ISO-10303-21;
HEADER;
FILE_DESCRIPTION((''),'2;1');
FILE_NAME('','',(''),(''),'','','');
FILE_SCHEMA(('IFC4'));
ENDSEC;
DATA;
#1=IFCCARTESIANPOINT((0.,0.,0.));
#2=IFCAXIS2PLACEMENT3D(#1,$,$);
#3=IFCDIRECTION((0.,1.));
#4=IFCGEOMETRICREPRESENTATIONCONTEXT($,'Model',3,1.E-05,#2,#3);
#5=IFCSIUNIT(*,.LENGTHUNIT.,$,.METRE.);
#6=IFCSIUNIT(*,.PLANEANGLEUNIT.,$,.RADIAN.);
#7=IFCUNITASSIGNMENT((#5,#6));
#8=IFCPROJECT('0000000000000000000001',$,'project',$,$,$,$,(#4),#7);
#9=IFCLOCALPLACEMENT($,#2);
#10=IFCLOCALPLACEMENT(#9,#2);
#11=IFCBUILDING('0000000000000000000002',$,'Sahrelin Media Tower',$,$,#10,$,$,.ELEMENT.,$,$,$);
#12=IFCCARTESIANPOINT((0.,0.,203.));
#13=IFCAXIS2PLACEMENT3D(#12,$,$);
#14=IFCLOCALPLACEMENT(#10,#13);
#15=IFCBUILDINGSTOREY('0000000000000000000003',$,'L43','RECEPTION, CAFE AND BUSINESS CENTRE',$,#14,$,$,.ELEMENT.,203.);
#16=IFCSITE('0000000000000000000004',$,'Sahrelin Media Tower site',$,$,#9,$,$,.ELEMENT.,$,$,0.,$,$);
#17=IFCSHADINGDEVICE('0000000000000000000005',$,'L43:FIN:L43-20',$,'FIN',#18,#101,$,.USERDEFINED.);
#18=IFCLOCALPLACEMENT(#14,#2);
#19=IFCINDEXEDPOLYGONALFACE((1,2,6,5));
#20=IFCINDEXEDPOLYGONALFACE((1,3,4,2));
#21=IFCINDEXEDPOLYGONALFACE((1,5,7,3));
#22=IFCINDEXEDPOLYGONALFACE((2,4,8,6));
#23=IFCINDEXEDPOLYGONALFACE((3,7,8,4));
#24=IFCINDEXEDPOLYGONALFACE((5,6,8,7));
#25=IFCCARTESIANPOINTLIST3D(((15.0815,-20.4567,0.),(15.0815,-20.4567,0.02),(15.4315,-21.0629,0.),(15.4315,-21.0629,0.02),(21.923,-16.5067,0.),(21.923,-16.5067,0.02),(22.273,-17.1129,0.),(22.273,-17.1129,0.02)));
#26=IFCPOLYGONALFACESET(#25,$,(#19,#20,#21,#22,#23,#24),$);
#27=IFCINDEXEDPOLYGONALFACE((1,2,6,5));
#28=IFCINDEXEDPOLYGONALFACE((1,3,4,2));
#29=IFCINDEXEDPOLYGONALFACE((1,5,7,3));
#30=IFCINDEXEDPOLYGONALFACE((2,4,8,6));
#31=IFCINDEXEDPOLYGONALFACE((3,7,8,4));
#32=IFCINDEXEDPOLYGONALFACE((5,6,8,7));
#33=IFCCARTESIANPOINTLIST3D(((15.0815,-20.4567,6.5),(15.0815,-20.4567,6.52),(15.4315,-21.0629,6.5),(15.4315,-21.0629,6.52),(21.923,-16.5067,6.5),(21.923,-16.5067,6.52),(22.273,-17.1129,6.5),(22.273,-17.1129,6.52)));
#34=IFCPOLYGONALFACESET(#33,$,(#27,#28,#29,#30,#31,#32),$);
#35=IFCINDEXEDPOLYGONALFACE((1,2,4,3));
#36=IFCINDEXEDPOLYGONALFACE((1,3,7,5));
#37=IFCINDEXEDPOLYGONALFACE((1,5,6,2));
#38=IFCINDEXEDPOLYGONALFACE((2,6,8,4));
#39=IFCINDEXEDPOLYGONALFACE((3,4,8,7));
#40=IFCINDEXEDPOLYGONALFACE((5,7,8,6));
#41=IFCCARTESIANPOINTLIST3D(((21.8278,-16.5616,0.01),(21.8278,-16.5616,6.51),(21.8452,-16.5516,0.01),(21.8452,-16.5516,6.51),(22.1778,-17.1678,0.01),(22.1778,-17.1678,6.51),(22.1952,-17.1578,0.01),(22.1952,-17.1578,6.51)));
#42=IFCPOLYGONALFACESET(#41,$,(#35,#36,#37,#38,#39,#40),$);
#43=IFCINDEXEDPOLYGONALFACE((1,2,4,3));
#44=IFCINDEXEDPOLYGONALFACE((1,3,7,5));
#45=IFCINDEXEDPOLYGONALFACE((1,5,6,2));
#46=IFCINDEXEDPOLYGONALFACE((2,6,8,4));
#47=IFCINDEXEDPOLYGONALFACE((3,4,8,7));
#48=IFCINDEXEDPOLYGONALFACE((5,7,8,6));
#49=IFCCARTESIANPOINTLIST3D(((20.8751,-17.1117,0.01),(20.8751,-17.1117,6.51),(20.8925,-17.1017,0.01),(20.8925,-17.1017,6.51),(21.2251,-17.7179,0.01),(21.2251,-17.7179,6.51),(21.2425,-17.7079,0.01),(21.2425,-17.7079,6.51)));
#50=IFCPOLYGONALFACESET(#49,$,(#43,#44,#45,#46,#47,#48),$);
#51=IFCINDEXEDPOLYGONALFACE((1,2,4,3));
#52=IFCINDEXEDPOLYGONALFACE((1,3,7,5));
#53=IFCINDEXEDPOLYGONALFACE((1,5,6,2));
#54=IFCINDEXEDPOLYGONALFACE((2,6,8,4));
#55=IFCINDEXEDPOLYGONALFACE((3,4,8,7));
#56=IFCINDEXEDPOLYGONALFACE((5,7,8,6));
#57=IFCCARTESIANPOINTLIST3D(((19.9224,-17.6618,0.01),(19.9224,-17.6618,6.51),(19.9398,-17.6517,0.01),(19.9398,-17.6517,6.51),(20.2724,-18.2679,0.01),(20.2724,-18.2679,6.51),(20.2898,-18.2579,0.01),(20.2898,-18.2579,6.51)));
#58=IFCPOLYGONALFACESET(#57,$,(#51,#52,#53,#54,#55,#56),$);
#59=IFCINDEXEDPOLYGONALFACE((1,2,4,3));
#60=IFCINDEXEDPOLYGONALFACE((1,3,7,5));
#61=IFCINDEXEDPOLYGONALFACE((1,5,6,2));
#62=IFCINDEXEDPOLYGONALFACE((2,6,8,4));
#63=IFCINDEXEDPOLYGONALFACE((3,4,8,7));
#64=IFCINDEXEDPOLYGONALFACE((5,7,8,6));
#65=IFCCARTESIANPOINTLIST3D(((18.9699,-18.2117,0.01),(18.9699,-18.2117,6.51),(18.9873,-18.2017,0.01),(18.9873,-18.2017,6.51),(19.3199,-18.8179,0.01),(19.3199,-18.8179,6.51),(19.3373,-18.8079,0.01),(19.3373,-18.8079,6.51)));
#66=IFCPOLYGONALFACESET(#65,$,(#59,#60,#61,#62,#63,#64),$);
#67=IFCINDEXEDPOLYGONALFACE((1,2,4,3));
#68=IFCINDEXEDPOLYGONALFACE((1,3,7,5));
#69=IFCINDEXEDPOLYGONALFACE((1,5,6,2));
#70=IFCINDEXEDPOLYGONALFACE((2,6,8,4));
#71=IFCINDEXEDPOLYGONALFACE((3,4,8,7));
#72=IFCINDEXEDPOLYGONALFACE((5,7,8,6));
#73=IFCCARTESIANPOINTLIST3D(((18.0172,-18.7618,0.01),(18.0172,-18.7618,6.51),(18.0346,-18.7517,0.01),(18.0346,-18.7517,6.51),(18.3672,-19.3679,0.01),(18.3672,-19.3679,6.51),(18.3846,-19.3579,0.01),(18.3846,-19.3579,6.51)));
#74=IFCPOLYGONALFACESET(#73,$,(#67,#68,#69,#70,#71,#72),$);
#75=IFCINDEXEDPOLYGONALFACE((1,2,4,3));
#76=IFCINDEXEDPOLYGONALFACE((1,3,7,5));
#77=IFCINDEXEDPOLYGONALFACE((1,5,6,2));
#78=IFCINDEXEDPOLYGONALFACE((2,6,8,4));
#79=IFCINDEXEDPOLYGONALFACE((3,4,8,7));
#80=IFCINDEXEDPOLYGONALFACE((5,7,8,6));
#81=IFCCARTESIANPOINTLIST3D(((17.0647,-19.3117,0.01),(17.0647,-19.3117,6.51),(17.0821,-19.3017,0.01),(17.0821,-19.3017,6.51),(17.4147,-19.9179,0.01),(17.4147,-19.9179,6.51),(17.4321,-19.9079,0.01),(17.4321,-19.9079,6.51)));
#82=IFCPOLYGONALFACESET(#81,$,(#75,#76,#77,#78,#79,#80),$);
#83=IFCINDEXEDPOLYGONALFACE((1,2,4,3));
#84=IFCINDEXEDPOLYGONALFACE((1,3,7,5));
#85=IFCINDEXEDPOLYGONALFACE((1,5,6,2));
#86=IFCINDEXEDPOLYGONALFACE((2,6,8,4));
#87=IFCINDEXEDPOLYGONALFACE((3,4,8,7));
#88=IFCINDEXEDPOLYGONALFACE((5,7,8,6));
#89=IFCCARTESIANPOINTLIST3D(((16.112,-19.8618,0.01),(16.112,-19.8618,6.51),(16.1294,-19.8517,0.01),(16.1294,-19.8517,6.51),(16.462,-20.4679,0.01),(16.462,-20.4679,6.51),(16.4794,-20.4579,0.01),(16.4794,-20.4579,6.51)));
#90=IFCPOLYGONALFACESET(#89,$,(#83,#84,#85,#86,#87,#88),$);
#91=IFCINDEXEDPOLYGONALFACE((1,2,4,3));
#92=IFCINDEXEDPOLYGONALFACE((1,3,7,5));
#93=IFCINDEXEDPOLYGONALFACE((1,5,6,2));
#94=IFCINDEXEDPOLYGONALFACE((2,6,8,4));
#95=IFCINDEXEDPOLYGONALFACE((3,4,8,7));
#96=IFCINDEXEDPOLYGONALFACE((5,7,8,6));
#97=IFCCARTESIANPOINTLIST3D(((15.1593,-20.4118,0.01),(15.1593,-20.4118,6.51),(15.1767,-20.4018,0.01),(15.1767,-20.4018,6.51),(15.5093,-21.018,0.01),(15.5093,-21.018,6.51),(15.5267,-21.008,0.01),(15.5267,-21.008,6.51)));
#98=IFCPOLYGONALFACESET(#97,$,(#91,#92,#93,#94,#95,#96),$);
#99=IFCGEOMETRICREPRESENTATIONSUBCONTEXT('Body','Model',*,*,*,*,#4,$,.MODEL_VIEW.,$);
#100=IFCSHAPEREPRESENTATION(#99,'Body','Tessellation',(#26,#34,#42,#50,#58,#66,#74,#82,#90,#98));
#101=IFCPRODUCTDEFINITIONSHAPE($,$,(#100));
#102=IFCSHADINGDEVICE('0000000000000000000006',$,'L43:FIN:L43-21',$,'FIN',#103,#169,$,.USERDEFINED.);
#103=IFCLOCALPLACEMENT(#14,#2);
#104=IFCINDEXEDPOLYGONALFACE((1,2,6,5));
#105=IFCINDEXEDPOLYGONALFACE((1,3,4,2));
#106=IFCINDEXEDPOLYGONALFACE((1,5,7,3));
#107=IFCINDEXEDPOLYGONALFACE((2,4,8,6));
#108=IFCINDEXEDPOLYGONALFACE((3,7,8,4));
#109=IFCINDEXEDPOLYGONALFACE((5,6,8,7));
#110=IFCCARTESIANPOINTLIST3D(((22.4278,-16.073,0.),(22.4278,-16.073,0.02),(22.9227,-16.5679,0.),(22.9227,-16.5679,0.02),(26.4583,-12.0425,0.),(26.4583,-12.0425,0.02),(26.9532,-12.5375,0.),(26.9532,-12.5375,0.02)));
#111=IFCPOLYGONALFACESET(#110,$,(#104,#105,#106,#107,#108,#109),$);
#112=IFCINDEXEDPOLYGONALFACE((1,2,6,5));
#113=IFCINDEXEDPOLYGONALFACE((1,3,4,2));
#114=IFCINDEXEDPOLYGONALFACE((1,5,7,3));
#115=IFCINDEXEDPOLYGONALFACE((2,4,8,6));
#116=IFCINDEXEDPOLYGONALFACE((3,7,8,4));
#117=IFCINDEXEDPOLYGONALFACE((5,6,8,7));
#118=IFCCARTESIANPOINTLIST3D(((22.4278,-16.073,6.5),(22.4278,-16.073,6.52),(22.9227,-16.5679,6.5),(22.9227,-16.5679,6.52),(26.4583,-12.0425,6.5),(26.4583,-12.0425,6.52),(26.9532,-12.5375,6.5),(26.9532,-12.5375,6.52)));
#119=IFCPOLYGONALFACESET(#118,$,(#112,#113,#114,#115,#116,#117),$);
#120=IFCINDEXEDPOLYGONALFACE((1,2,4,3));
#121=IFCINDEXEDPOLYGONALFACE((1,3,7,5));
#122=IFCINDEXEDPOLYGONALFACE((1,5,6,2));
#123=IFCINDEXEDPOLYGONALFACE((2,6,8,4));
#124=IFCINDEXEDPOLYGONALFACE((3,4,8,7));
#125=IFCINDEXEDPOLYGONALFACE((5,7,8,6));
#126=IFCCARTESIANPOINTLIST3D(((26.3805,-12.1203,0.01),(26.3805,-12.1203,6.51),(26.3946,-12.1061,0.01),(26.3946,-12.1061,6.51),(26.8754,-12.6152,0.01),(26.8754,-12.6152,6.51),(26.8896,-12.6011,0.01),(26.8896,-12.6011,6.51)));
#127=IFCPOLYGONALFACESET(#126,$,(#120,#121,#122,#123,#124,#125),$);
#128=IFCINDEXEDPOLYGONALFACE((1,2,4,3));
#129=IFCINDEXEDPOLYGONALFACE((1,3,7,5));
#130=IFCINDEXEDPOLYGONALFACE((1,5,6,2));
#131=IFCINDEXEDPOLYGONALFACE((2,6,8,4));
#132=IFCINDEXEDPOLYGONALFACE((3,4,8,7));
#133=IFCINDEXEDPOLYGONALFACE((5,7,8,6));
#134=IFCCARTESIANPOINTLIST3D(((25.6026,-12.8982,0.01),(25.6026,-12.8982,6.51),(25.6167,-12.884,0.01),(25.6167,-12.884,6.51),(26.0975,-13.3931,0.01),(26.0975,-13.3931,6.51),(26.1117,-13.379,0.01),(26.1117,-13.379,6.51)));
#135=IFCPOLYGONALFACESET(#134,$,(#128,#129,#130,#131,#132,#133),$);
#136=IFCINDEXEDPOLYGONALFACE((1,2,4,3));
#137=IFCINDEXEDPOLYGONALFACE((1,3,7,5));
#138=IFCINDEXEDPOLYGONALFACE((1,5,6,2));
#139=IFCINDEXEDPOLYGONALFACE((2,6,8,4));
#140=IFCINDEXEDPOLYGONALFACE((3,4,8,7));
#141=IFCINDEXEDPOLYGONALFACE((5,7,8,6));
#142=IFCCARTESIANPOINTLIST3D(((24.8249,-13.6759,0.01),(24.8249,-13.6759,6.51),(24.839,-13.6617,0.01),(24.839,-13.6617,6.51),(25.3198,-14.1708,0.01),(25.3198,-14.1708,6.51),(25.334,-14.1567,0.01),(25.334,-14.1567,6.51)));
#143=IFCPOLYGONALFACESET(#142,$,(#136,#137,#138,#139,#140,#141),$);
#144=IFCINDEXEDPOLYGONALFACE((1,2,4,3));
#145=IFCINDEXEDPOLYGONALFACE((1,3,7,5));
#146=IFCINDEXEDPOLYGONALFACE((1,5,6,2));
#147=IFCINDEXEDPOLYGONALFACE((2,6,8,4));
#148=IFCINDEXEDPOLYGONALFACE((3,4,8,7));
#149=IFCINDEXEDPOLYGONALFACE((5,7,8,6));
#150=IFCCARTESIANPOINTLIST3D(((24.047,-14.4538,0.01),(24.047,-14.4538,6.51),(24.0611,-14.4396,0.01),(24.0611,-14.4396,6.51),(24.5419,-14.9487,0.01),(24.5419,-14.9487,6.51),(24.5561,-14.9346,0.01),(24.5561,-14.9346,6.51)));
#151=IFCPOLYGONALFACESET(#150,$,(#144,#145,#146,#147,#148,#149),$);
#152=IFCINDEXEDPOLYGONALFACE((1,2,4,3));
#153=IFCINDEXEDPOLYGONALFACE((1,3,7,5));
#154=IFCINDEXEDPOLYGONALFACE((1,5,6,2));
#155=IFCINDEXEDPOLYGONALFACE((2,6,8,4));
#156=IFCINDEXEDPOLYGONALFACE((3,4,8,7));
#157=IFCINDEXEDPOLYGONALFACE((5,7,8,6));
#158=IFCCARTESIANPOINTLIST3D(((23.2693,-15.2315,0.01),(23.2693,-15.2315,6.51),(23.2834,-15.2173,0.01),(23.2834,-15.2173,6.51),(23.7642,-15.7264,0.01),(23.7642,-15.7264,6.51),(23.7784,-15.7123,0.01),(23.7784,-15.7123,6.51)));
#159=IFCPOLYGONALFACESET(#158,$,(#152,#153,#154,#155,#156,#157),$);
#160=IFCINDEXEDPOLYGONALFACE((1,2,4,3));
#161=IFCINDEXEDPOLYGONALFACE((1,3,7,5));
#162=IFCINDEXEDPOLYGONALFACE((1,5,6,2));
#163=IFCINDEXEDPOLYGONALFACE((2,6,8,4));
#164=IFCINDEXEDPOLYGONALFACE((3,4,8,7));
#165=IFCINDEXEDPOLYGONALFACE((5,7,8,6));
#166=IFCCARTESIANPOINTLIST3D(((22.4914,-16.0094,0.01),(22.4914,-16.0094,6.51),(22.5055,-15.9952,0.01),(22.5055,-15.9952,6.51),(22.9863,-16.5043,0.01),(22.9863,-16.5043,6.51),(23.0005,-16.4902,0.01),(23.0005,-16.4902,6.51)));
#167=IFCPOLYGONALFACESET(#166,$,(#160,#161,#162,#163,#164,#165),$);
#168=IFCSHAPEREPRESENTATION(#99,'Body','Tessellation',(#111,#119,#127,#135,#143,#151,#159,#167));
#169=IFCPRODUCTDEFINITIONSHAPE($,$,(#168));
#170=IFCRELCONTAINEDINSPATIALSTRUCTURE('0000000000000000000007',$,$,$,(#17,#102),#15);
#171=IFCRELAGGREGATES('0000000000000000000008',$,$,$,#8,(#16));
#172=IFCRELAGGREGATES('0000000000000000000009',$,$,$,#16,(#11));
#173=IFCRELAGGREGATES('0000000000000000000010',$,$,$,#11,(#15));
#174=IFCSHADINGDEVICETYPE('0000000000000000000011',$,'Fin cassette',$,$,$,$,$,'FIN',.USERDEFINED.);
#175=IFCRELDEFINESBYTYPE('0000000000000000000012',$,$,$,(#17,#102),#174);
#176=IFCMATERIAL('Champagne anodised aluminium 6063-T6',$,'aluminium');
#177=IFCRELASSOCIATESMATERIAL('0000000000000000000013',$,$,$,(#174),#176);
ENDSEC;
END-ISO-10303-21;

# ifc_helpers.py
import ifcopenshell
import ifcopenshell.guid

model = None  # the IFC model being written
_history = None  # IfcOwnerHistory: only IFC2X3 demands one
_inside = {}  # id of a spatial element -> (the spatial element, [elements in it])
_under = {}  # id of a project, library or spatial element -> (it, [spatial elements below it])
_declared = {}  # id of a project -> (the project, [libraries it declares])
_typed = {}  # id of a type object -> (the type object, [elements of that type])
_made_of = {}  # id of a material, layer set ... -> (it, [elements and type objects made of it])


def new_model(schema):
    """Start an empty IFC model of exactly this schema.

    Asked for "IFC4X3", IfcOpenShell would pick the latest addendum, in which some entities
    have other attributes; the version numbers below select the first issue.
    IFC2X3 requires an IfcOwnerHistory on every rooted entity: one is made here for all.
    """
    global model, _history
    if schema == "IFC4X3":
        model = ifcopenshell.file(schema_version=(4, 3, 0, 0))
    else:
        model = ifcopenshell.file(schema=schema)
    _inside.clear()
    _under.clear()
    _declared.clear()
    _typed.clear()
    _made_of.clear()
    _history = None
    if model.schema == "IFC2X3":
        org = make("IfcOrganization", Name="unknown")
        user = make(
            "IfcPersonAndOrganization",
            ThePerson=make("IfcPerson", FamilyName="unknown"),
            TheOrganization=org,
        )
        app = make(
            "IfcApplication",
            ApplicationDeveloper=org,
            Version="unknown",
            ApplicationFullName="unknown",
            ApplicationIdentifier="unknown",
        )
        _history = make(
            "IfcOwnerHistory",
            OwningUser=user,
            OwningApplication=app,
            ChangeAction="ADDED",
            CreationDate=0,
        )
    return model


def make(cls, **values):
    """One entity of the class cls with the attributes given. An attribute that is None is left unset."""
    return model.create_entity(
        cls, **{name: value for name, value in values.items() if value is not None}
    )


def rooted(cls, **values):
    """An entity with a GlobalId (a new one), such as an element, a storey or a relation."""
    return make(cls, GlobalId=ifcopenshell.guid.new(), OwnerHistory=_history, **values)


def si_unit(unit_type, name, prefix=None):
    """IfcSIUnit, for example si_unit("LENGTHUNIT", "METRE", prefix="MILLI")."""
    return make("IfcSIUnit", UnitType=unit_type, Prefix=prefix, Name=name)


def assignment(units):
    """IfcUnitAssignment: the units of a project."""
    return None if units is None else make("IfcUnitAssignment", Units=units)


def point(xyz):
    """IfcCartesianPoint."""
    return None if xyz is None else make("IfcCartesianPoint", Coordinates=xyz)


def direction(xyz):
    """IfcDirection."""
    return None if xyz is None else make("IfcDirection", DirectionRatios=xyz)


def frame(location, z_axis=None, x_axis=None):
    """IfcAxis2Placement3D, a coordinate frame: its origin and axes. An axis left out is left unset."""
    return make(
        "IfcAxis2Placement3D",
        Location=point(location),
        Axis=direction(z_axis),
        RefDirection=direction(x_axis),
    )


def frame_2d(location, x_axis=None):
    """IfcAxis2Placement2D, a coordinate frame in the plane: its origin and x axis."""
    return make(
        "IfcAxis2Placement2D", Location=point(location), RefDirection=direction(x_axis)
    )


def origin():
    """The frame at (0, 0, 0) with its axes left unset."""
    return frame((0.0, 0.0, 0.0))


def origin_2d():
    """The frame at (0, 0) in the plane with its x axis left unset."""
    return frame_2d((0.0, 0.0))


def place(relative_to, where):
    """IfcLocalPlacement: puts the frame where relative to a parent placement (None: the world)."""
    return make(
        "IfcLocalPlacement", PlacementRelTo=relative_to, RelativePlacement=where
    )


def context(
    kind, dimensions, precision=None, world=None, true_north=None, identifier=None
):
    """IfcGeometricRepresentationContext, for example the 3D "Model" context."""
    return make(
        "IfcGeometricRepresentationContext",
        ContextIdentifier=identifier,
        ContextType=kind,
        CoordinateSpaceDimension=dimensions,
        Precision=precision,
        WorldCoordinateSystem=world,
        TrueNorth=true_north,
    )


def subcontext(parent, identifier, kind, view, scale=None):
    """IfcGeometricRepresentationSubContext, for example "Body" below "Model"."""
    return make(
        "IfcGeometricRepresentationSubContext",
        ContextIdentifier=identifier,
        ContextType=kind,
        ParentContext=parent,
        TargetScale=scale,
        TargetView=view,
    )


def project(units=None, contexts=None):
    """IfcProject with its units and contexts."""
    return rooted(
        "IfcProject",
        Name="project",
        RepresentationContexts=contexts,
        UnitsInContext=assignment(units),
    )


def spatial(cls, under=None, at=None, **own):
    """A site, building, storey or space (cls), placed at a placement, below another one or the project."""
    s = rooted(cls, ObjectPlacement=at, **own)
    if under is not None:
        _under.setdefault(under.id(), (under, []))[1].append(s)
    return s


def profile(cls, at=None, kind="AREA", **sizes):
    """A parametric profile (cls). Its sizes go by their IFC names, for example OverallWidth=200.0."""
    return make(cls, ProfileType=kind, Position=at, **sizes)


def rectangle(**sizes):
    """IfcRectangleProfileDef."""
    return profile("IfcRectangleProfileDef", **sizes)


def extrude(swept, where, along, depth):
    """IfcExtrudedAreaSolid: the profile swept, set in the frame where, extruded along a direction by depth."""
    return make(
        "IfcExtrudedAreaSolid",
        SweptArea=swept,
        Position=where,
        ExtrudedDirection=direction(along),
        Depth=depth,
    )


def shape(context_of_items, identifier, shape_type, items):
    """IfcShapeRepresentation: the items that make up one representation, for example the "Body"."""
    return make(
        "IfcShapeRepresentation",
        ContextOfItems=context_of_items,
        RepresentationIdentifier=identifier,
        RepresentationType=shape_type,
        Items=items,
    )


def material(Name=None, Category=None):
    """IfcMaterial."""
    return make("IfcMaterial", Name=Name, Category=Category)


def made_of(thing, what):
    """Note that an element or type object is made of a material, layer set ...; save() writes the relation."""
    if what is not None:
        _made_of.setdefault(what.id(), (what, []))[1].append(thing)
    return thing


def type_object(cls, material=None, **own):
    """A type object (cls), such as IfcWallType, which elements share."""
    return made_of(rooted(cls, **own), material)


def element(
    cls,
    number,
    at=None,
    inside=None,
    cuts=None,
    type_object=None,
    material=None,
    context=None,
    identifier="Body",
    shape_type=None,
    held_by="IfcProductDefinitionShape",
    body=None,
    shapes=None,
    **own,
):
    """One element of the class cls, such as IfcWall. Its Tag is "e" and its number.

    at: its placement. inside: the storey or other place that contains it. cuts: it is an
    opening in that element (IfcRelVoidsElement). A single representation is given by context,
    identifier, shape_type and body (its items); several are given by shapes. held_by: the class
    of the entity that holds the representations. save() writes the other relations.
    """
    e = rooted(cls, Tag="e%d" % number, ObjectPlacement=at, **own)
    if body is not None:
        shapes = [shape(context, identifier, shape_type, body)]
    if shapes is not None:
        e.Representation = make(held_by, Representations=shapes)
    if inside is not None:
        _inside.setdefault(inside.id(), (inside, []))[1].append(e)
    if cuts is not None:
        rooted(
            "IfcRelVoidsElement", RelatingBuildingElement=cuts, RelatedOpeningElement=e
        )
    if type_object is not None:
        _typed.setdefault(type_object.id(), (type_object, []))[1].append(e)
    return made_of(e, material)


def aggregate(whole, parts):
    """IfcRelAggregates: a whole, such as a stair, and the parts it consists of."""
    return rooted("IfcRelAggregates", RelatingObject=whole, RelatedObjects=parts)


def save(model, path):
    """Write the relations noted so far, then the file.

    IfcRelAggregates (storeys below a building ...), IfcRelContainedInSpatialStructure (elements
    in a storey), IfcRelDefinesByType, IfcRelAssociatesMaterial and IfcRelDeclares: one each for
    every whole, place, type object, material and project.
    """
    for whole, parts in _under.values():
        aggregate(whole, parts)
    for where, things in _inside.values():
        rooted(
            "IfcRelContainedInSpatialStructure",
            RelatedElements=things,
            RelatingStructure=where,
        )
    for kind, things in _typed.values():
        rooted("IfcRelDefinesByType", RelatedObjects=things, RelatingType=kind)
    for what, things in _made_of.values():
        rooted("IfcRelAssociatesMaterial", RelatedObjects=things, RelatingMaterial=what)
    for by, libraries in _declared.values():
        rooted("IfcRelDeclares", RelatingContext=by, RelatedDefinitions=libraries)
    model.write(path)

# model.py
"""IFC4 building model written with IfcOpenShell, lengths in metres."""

from ifc_helpers import new_model, si_unit, direction, frame, origin, origin_2d, place, context, subcontext, project, spatial, rectangle, extrude, material, type_object, element, save


model = new_model("IFC4")

# Units and contexts
model_context = context("Model", 3, precision=1e-05, world=origin(), true_north=direction((0.0, 1.0)))
body_context = subcontext(model_context, "Body", "Model", "MODEL_VIEW")
ifc_project = project(units=[si_unit("LENGTHUNIT", "METRE"), si_unit("PLANEANGLEUNIT", "RADIAN")], contexts=[model_context])

# Site, building, storey
site_placement = place(None, origin())
site = spatial("IfcSite", under=ifc_project, at=site_placement, Name="Sahrelin Media Tower site", CompositionType="ELEMENT", RefElevation=0.0)
building_placement = place(site_placement, origin())
building = spatial("IfcBuilding", under=site, at=building_placement, Name="Sahrelin Media Tower", CompositionType="ELEMENT")
storey_placement = place(building_placement, frame((0.0, 0.0, 203.0)))
storey = spatial("IfcBuildingStorey", under=building, at=storey_placement, Name="L43", Description="RECEPTION, CAFE AND BUSINESS CENTRE", CompositionType="ELEMENT", Elevation=203.0)

# Shared definitions
ifc_material_1 = material(Name="Champagne anodised aluminium 6063-T6", Category="aluminium")

# Shading devices
shading_device_type_1 = type_object("IfcShadingDeviceType", Name="Fin cassette", ElementType="FIN", PredefinedType="USERDEFINED", material=ifc_material_1)
placement_1 = place(storey_placement, frame((18.4673, -18.4211, 0.0), z_axis=(0.0, 0.0, 1.0), x_axis=(-0.866019, -0.500011, 0.0)))
element("IfcShadingDevice", 1, at=placement_1, inside=storey, type_object=shading_device_type_1, Name="L43:FIN:L43-20", ObjectType="FIN", PredefinedType="USERDEFINED", context=body_context, shape_type="SweptSolid", body=[
    extrude(rectangle(XDim=7.8999, YDim=0.7, at=origin_2d()), frame((0.0, 0.4199, 0.0)), (0.0, 0.0, 1.0), 0.02),
    extrude(rectangle(XDim=7.8999, YDim=0.7, at=origin_2d()), frame((0.0, 0.4199, 6.5)), (0.0, 0.0, 1.0), 0.02),
    extrude(rectangle(XDim=0.02, YDim=0.7, at=origin_2d()), frame((-3.8501, 0.4199, 0.01), z_axis=(0.0, 0.0, 1.0), x_axis=(1.0, 0.0, 0.0)), (0.0, 0.0, 1.0), 6.5),
    extrude(rectangle(XDim=0.02, YDim=0.7, at=origin_2d()), frame((-2.75, 0.4199, 0.01), z_axis=(0.0, 0.0, 1.0), x_axis=(1.0, 0.0, 0.0)), (0.0, 0.0, 1.0), 6.5),
    extrude(rectangle(XDim=0.02, YDim=0.7, at=origin_2d()), frame((-1.6499, 0.4199, 0.01), z_axis=(0.0, 0.0, 1.0), x_axis=(1.0, 0.0, 0.0)), (0.0, 0.0, 1.0), 6.5),
    extrude(rectangle(XDim=0.02, YDim=0.7, at=origin_2d()), frame((-0.55, 0.4199, 0.01), z_axis=(0.0, 0.0, 1.0), x_axis=(1.0, 0.0, 0.0)), (0.0, 0.0, 1.0), 6.5),
    extrude(rectangle(XDim=0.02, YDim=0.7, at=origin_2d()), frame((0.55, 0.4199, 0.01), z_axis=(0.0, 0.0, 1.0), x_axis=(1.0, 0.0, 0.0)), (0.0, 0.0, 1.0), 6.5),
    extrude(rectangle(XDim=0.02, YDim=0.7, at=origin_2d()), frame((1.6499, 0.4199, 0.01), z_axis=(0.0, 0.0, 1.0), x_axis=(1.0, 0.0, 0.0)), (0.0, 0.0, 1.0), 6.5),
    extrude(rectangle(XDim=0.02, YDim=0.7, at=origin_2d()), frame((2.75, 0.4199, 0.01), z_axis=(0.0, 0.0, 1.0), x_axis=(1.0, 0.0, 0.0)), (0.0, 0.0, 1.0), 6.5),
    extrude(rectangle(XDim=0.02, YDim=0.7, at=origin_2d()), frame((3.8501, 0.4199, 0.01), z_axis=(0.0, 0.0, 1.0), x_axis=(1.0, 0.0, 0.0)), (0.0, 0.0, 1.0), 6.5),
])
placement_2 = place(storey_placement, frame((24.3936, -14.0083, 0.0), z_axis=(0.0, 0.0, 1.0), x_axis=(-0.707107, -0.707107, 0.0)))
element("IfcShadingDevice", 2, at=placement_2, inside=storey, type_object=shading_device_type_1, Name="L43:FIN:L43-21", ObjectType="FIN", PredefinedType="USERDEFINED", context=body_context, shape_type="SweptSolid", body=[
    extrude(rectangle(XDim=5.7, YDim=0.7, at=origin_2d()), frame((0.0, 0.4199, 0.0)), (0.0, 0.0, 1.0), 0.02),
    extrude(rectangle(XDim=5.7, YDim=0.7, at=origin_2d()), frame((0.0, 0.4199, 6.5)), (0.0, 0.0, 1.0), 0.02),
    extrude(rectangle(XDim=0.02, YDim=0.7, at=origin_2d()), frame((-2.75, 0.4199, 0.01), z_axis=(0.0, 0.0, 1.0), x_axis=(1.0, 0.0, 0.0)), (0.0, 0.0, 1.0), 6.5),
    extrude(rectangle(XDim=0.02, YDim=0.7, at=origin_2d()), frame((-1.6499, 0.4199, 0.01), z_axis=(0.0, 0.0, 1.0), x_axis=(1.0, 0.0, 0.0)), (0.0, 0.0, 1.0), 6.5),
    extrude(rectangle(XDim=0.02, YDim=0.7, at=origin_2d()), frame((-0.55, 0.4199, 0.01), z_axis=(0.0, 0.0, 1.0), x_axis=(1.0, 0.0, 0.0)), (0.0, 0.0, 1.0), 6.5),
    extrude(rectangle(XDim=0.02, YDim=0.7, at=origin_2d()), frame((0.55, 0.4199, 0.01), z_axis=(0.0, 0.0, 1.0), x_axis=(1.0, 0.0, 0.0)), (0.0, 0.0, 1.0), 6.5),
    extrude(rectangle(XDim=0.02, YDim=0.7, at=origin_2d()), frame((1.6499, 0.4199, 0.01), z_axis=(0.0, 0.0, 1.0), x_axis=(1.0, 0.0, 0.0)), (0.0, 0.0, 1.0), 6.5),
    extrude(rectangle(XDim=0.02, YDim=0.7, at=origin_2d()), frame((2.75, 0.4199, 0.01), z_axis=(0.0, 0.0, 1.0), x_axis=(1.0, 0.0, 0.0)), (0.0, 0.0, 1.0), 6.5),
])

save(model, "model.ifc")
